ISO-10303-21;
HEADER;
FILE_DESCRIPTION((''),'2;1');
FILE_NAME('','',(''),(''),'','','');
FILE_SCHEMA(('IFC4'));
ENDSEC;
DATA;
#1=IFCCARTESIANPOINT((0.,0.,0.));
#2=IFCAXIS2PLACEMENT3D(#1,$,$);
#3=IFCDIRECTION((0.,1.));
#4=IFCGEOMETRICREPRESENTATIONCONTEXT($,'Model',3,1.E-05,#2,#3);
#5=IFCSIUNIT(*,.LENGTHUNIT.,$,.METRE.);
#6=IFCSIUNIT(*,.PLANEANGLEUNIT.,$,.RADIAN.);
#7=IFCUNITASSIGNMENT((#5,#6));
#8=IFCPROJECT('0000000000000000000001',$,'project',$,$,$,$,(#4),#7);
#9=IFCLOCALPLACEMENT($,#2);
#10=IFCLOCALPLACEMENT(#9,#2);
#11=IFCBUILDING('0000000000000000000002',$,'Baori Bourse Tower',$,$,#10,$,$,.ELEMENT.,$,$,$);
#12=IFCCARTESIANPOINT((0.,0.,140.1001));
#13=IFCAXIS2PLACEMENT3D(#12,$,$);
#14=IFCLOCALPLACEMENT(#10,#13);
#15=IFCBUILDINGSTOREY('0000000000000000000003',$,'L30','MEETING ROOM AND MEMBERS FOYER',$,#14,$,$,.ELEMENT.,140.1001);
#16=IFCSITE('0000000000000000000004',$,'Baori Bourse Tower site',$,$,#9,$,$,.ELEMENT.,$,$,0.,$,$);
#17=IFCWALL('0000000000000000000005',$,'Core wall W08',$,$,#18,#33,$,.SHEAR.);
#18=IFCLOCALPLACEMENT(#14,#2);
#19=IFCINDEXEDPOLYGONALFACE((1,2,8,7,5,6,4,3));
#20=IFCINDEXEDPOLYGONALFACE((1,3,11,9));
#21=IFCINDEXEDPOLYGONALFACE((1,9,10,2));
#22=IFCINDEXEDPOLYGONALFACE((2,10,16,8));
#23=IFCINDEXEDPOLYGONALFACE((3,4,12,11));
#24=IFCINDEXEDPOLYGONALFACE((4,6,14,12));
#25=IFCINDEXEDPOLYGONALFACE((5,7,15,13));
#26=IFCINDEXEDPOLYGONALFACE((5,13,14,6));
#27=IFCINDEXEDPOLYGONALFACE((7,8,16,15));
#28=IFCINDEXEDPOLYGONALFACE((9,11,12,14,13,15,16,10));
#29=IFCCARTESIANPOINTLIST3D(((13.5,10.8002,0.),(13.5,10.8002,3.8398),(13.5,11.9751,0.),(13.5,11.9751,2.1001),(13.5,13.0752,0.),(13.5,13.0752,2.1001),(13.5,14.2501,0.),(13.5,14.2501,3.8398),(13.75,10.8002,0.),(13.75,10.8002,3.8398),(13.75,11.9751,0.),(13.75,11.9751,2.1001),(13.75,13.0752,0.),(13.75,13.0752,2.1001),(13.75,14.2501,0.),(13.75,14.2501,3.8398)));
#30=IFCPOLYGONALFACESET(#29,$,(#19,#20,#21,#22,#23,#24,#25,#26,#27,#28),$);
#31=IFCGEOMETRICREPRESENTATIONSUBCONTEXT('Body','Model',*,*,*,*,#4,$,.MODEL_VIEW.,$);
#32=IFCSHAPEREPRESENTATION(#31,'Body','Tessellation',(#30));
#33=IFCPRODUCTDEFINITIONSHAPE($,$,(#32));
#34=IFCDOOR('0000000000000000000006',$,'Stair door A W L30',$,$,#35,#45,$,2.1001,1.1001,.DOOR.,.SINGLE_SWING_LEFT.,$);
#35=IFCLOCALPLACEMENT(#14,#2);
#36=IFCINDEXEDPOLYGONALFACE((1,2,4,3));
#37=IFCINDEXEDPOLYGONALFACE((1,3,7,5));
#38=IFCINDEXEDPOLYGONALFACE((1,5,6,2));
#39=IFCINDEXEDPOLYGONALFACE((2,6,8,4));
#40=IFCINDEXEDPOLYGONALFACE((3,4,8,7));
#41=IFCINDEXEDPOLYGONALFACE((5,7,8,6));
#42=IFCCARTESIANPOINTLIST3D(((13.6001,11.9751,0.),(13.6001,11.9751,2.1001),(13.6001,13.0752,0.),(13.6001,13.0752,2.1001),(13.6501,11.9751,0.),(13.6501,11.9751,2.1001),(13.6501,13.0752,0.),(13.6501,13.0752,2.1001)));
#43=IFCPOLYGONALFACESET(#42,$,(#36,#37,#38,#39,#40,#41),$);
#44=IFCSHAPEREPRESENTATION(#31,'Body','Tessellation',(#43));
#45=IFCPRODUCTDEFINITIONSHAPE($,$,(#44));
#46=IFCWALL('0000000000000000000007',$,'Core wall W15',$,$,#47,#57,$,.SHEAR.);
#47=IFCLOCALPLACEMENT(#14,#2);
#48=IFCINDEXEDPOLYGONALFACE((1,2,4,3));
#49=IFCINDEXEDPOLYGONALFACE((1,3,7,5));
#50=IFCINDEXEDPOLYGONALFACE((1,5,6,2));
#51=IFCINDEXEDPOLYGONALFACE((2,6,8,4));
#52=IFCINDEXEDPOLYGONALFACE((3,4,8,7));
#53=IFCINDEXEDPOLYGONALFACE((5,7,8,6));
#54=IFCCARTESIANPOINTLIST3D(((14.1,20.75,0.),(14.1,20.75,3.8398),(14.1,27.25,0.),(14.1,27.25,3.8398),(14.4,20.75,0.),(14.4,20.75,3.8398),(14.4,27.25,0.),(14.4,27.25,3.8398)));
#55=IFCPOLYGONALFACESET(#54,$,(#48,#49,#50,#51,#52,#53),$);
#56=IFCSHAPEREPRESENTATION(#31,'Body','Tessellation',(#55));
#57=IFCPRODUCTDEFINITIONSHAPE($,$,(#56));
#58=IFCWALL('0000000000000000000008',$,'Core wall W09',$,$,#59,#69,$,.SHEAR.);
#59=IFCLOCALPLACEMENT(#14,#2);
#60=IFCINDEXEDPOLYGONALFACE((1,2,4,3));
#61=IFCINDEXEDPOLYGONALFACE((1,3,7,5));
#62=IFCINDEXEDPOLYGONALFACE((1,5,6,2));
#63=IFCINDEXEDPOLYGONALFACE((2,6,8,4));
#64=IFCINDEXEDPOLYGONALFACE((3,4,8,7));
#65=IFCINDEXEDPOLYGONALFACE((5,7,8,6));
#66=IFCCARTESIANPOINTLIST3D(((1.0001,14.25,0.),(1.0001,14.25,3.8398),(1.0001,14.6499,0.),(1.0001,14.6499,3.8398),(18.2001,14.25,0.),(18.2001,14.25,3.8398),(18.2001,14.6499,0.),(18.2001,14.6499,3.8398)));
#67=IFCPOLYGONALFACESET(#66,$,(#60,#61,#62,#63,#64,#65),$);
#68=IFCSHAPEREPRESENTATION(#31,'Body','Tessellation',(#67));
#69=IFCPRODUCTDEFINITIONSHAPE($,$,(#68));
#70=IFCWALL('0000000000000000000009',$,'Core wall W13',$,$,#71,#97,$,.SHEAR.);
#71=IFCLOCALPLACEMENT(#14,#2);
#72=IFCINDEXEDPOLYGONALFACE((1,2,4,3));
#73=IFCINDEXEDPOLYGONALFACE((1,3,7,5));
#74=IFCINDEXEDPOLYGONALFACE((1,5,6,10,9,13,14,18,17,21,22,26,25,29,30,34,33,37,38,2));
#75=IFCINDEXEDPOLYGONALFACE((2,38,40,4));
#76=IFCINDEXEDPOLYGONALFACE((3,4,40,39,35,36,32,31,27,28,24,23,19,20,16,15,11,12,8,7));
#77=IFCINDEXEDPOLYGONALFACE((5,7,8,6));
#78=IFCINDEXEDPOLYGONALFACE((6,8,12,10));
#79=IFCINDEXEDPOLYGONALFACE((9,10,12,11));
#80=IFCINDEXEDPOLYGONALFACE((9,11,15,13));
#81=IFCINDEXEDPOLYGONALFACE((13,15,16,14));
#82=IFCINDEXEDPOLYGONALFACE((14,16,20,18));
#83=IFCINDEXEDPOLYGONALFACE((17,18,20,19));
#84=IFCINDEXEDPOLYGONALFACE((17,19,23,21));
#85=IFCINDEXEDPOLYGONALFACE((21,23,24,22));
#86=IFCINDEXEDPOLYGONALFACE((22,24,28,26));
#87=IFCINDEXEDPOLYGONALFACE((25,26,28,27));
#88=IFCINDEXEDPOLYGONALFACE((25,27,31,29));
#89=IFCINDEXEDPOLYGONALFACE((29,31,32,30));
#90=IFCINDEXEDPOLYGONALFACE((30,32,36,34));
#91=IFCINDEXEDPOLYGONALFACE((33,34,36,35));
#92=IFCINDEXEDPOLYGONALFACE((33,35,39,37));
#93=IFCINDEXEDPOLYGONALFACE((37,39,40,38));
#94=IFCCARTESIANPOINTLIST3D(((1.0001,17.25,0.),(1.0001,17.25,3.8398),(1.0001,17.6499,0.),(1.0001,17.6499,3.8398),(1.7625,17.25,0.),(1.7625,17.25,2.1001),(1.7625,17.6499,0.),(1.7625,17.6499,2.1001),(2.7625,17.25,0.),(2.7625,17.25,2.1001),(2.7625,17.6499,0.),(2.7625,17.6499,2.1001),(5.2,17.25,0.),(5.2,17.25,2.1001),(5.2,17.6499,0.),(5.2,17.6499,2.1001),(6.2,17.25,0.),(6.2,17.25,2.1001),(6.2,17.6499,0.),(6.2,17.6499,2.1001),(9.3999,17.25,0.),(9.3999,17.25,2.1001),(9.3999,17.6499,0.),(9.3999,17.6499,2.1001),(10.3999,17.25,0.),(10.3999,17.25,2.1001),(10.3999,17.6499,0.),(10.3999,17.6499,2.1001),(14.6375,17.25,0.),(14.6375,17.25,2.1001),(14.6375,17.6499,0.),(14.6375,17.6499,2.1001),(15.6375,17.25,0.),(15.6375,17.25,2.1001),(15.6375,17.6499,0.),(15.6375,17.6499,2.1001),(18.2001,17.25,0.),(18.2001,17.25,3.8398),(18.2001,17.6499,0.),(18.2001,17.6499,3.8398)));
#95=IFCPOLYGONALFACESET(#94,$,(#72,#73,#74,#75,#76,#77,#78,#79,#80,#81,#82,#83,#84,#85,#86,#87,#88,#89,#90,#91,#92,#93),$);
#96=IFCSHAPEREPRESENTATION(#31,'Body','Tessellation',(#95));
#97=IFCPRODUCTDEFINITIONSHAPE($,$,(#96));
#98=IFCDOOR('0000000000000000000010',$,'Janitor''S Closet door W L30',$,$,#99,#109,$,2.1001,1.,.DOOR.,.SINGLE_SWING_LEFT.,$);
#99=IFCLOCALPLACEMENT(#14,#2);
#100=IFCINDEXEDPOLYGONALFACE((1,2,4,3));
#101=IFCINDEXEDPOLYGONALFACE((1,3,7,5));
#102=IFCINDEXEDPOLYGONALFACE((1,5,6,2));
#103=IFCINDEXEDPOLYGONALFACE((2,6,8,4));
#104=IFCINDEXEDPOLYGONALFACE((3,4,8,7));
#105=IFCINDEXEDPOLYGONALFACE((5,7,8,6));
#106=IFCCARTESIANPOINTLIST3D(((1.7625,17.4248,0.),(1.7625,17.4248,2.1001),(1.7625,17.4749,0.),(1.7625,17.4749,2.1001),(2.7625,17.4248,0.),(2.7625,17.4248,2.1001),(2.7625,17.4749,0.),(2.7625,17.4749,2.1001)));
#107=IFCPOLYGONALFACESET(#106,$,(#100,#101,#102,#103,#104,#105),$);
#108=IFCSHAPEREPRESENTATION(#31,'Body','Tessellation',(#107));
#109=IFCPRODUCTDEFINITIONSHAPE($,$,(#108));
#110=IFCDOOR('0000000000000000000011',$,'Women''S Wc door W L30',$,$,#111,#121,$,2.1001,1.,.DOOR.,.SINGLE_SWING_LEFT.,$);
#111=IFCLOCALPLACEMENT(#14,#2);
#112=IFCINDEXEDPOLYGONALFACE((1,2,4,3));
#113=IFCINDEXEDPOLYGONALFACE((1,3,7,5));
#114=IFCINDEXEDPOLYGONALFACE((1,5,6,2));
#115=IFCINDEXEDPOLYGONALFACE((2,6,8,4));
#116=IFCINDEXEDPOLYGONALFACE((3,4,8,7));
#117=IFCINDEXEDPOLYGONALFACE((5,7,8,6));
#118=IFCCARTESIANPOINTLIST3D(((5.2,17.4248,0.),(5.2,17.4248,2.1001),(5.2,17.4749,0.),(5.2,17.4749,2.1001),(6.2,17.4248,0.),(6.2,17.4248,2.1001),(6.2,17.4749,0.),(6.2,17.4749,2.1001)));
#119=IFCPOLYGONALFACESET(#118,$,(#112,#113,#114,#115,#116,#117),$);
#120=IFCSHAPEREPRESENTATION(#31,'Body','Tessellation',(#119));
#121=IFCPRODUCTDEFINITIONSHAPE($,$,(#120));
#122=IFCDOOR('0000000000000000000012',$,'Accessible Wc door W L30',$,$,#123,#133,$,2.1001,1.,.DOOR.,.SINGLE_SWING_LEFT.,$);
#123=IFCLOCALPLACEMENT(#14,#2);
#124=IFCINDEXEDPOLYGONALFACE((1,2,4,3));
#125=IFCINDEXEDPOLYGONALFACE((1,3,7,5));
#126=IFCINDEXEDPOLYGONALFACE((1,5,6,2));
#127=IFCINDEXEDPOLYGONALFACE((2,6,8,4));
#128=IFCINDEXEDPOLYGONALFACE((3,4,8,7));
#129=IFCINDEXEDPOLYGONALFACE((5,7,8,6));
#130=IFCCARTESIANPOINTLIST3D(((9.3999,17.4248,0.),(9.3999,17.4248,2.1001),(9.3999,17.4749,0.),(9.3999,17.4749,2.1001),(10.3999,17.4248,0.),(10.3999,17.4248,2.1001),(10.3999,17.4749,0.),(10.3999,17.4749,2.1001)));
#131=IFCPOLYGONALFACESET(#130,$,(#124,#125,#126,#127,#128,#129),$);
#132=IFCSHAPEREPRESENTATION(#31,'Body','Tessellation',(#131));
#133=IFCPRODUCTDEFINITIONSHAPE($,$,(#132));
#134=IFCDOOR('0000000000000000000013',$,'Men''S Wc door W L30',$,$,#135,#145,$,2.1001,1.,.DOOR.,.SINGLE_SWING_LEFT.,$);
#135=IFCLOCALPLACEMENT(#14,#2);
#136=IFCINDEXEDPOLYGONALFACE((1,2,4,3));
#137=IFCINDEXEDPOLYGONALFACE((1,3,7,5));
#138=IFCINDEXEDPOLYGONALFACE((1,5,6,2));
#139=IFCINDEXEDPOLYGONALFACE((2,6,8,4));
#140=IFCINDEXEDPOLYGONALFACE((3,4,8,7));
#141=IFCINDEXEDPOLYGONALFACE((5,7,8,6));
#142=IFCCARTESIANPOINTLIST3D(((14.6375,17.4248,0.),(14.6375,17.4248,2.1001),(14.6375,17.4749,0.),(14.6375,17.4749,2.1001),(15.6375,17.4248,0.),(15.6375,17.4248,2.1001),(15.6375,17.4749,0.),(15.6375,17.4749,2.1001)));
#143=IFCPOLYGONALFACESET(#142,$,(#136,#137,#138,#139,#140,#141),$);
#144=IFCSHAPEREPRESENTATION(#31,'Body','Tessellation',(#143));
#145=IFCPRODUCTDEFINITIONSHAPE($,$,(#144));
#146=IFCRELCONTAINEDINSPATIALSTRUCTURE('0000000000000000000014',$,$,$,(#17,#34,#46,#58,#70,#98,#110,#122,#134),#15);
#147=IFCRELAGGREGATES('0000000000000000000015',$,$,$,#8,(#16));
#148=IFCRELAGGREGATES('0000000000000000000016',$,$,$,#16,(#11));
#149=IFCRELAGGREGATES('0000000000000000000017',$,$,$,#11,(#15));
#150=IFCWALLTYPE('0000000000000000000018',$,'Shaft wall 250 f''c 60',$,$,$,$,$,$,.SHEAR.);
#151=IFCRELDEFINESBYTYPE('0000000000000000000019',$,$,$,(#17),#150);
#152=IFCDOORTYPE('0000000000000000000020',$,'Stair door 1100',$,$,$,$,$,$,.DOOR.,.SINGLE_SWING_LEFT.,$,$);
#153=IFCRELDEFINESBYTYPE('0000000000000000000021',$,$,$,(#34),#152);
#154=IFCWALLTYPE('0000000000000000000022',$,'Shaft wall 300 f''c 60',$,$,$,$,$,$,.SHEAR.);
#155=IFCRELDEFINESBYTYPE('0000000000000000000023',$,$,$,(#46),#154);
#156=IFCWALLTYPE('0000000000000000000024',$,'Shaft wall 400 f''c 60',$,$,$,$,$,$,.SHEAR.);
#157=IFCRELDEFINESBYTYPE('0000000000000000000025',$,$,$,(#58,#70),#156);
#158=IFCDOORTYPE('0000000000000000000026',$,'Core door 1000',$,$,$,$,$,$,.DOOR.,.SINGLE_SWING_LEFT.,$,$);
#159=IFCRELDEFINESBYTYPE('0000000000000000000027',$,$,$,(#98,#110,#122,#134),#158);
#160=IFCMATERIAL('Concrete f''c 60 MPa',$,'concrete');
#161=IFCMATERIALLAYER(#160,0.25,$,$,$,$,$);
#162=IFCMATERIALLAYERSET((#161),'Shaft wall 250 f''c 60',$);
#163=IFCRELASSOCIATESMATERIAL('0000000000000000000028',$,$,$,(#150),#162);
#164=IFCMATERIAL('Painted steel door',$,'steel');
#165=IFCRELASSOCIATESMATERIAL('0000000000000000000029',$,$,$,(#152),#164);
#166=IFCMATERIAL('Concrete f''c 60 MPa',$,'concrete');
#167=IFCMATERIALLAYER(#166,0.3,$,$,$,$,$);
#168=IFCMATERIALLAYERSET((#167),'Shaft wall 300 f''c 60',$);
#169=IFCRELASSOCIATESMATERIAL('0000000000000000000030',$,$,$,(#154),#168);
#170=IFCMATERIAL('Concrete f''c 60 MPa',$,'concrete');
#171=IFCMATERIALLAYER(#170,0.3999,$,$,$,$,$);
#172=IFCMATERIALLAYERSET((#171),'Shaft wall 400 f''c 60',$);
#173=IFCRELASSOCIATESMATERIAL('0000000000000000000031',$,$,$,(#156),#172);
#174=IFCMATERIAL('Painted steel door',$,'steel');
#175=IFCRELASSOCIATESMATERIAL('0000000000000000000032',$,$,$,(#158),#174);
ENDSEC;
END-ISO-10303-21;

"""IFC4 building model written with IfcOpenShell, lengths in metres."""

from ifc_helpers import new_model, si_unit, direction, frame, frame_2d, origin, place, context, subcontext, project, spatial, rectangle, extrude, material, layer, layer_set, type_object, element, fill, save


model = new_model("IFC4")

# Units and contexts
model_context = context("Model", 3, precision=1e-05, world=origin(), true_north=direction((0.0, 1.0)))
body_context = subcontext(model_context, "Body", "Model", "MODEL_VIEW")
ifc_project = project(units=[si_unit("LENGTHUNIT", "METRE"), si_unit("PLANEANGLEUNIT", "RADIAN")], contexts=[model_context])

# Site, building, storey
site_placement = place(None, origin())
site = spatial("IfcSite", under=ifc_project, at=site_placement, Name="Baori Bourse Tower site", CompositionType="ELEMENT", RefElevation=0.0)
building_placement = place(site_placement, origin())
building = spatial("IfcBuilding", under=site, at=building_placement, Name="Baori Bourse Tower", CompositionType="ELEMENT")
storey_placement = place(building_placement, frame((0.0, 0.0, 140.1001)))
storey = spatial("IfcBuildingStorey", under=building, at=storey_placement, Name="L30", Description="MEETING ROOM AND MEMBERS FOYER", CompositionType="ELEMENT", Elevation=140.1001)

# Wall, opening, door
ifc_material_1 = material(Name="Concrete f'c 60 MPa", Category="concrete")
ifc_layer_1 = layer(ifc_material_1, 0.25)
ifc_layer_set_1 = layer_set([ifc_layer_1], Name="Shaft wall 250 f'c 60")
wall_type_1 = type_object("IfcWallType", Name="Shaft wall 250 f'c 60", PredefinedType="SHEAR", material=ifc_layer_set_1)
wall_1_placement = place(storey_placement, frame((13.625, 10.8, 0.0), z_axis=(0.0, 0.0, 1.0), x_axis=(0.0, 1.0, 0.0)))
wall_1 = element("IfcWall", 1, at=wall_1_placement, inside=storey, type_object=wall_type_1, Name="Core wall W08", PredefinedType="SHEAR", context=body_context, shape_type="SweptSolid", body=[
    extrude(rectangle(XDim=3.45, YDim=0.25, at=frame_2d((1.7251, 0.0))), origin(), (0.0, 0.0, 1.0), 3.8398),
])
opening_1_placement = place(wall_1_placement, frame((1.175, 0.0, 0.0)))
opening_1 = element("IfcOpeningElement", 2, at=opening_1_placement, cuts=wall_1, PredefinedType="OPENING", context=body_context, shape_type="SweptSolid", body=[
    extrude(rectangle(XDim=1.1001, YDim=2.1001, at=frame_2d((0.55, 1.05))), frame((0.0, 0.135, 0.0), z_axis=(0.0, -1.0, 0.0), x_axis=(1.0, 0.0, 0.0)), (0.0, 0.0, 1.0), 0.27),
])
ifc_material_2 = material(Name="Painted steel door", Category="steel")
door_type_1 = type_object("IfcDoorType", Name="Stair door 1100", OperationType="SINGLE_SWING_LEFT", PredefinedType="DOOR", material=ifc_material_2)
door_1_placement = place(opening_1_placement, origin())
door_1 = element("IfcDoor", 3, at=door_1_placement, inside=storey, type_object=door_type_1, Name="Stair door A W L30", OperationType="SINGLE_SWING_LEFT", OverallHeight=2.1001, OverallWidth=1.1001, PredefinedType="DOOR", context=body_context, shape_type="SweptSolid", body=[
    extrude(rectangle(XDim=1.1001, YDim=2.1001, at=frame_2d((0.55, 1.05))), frame((0.0, 0.0249, 0.0), z_axis=(0.0, -1.0, 0.0), x_axis=(1.0, 0.0, 0.0)), (0.0, 0.0, 1.0), 0.05),
])
fill(opening_1, door_1)

# Walls
ifc_material_3 = material(Name="Concrete f'c 60 MPa", Category="concrete")
ifc_layer_2 = layer(ifc_material_3, 0.3)
ifc_layer_set_2 = layer_set([ifc_layer_2], Name="Shaft wall 300 f'c 60")
wall_type_2 = type_object("IfcWallType", Name="Shaft wall 300 f'c 60", PredefinedType="SHEAR", material=ifc_layer_set_2)
wall_2_placement = place(storey_placement, frame((14.25, 20.75, 0.0), z_axis=(0.0, 0.0, 1.0), x_axis=(0.0, 1.0, 0.0)))
element("IfcWall", 4, at=wall_2_placement, inside=storey, type_object=wall_type_2, Name="Core wall W15", PredefinedType="SHEAR", context=body_context, shape_type="SweptSolid", body=[
    extrude(rectangle(XDim=6.5, YDim=0.3, at=frame_2d((3.25, 0.0))), origin(), (0.0, 0.0, 1.0), 3.8398),
])
ifc_material_4 = material(Name="Concrete f'c 60 MPa", Category="concrete")
ifc_layer_3 = layer(ifc_material_4, 0.3999)
ifc_layer_set_3 = layer_set([ifc_layer_3], Name="Shaft wall 400 f'c 60")
wall_type_3 = type_object("IfcWallType", Name="Shaft wall 400 f'c 60", PredefinedType="SHEAR", material=ifc_layer_set_3)
wall_3_placement = place(storey_placement, frame((1.0, 14.45, 0.0), z_axis=(0.0, 0.0, 1.0), x_axis=(1.0, 0.0, 0.0)))
element("IfcWall", 5, at=wall_3_placement, inside=storey, type_object=wall_type_3, Name="Core wall W09", PredefinedType="SHEAR", context=body_context, shape_type="SweptSolid", body=[
    extrude(rectangle(XDim=17.2, YDim=0.3999, at=frame_2d((8.6001, 0.0))), origin(), (0.0, 0.0, 1.0), 3.8398),
])

# Wall, openings, doors
wall_4_placement = place(storey_placement, frame((1.0, 17.45, 0.0), z_axis=(0.0, 0.0, 1.0), x_axis=(1.0, 0.0, 0.0)))
wall_4 = element("IfcWall", 6, at=wall_4_placement, inside=storey, type_object=wall_type_3, Name="Core wall W13", PredefinedType="SHEAR", context=body_context, shape_type="SweptSolid", body=[
    extrude(rectangle(XDim=17.2, YDim=0.3999, at=frame_2d((8.6001, 0.0))), origin(), (0.0, 0.0, 1.0), 3.8398),
])
opening_2_placement = place(wall_4_placement, frame((0.7625, 0.0, 0.0)))
opening_2 = element("IfcOpeningElement", 7, at=opening_2_placement, cuts=wall_4, PredefinedType="OPENING", context=body_context, shape_type="SweptSolid", body=[
    extrude(rectangle(XDim=1.0, YDim=2.1001, at=frame_2d((0.5, 1.05))), frame((0.0, 0.21, 0.0), z_axis=(0.0, -1.0, 0.0), x_axis=(1.0, 0.0, 0.0)), (0.0, 0.0, 1.0), 0.4199),
])
opening_3_placement = place(wall_4_placement, frame((4.2, 0.0, 0.0)))
opening_3 = element("IfcOpeningElement", 8, at=opening_3_placement, cuts=wall_4, PredefinedType="OPENING", context=body_context, shape_type="SweptSolid", body=[
    extrude(rectangle(XDim=1.0, YDim=2.1001, at=frame_2d((0.5, 1.05))), frame((0.0, 0.21, 0.0), z_axis=(0.0, -1.0, 0.0), x_axis=(1.0, 0.0, 0.0)), (0.0, 0.0, 1.0), 0.4199),
])
opening_4_placement = place(wall_4_placement, frame((8.3999, 0.0, 0.0)))
opening_4 = element("IfcOpeningElement", 9, at=opening_4_placement, cuts=wall_4, PredefinedType="OPENING", context=body_context, shape_type="SweptSolid", body=[
    extrude(rectangle(XDim=1.0, YDim=2.1001, at=frame_2d((0.5, 1.05))), frame((0.0, 0.21, 0.0), z_axis=(0.0, -1.0, 0.0), x_axis=(1.0, 0.0, 0.0)), (0.0, 0.0, 1.0), 0.4199),
])
opening_5_placement = place(wall_4_placement, frame((13.6375, 0.0, 0.0)))
opening_5 = element("IfcOpeningElement", 10, at=opening_5_placement, cuts=wall_4, PredefinedType="OPENING", context=body_context, shape_type="SweptSolid", body=[
    extrude(rectangle(XDim=1.0, YDim=2.1001, at=frame_2d((0.5, 1.05))), frame((0.0, 0.21, 0.0), z_axis=(0.0, -1.0, 0.0), x_axis=(1.0, 0.0, 0.0)), (0.0, 0.0, 1.0), 0.4199),
])
ifc_material_5 = material(Name="Painted steel door", Category="steel")
door_type_2 = type_object("IfcDoorType", Name="Core door 1000", OperationType="SINGLE_SWING_LEFT", PredefinedType="DOOR", material=ifc_material_5)
door_2_placement = place(opening_2_placement, origin())
door_2 = element("IfcDoor", 11, at=door_2_placement, inside=storey, type_object=door_type_2, Name="Janitor'S Closet door W L30", OperationType="SINGLE_SWING_LEFT", OverallHeight=2.1001, OverallWidth=1.0, PredefinedType="DOOR", context=body_context, shape_type="SweptSolid", body=[
    extrude(rectangle(XDim=1.0, YDim=2.1001, at=frame_2d((0.5, 1.05))), frame((0.0, 0.0249, 0.0), z_axis=(0.0, -1.0, 0.0), x_axis=(1.0, 0.0, 0.0)), (0.0, 0.0, 1.0), 0.05),
])
fill(opening_2, door_2)
door_3_placement = place(opening_3_placement, origin())
door_3 = element("IfcDoor", 12, at=door_3_placement, inside=storey, type_object=door_type_2, Name="Women'S Wc door W L30", OperationType="SINGLE_SWING_LEFT", OverallHeight=2.1001, OverallWidth=1.0, PredefinedType="DOOR", context=body_context, shape_type="SweptSolid", body=[
    extrude(rectangle(XDim=1.0, YDim=2.1001, at=frame_2d((0.5, 1.05))), frame((0.0, 0.0249, 0.0), z_axis=(0.0, -1.0, 0.0), x_axis=(1.0, 0.0, 0.0)), (0.0, 0.0, 1.0), 0.05),
])
fill(opening_3, door_3)
door_4_placement = place(opening_4_placement, origin())
door_4 = element("IfcDoor", 13, at=door_4_placement, inside=storey, type_object=door_type_2, Name="Accessible Wc door W L30", OperationType="SINGLE_SWING_LEFT", OverallHeight=2.1001, OverallWidth=1.0, PredefinedType="DOOR", context=body_context, shape_type="SweptSolid", body=[
    extrude(rectangle(XDim=1.0, YDim=2.1001, at=frame_2d((0.5, 1.05))), frame((0.0, 0.0249, 0.0), z_axis=(0.0, -1.0, 0.0), x_axis=(1.0, 0.0, 0.0)), (0.0, 0.0, 1.0), 0.05),
])
fill(opening_4, door_4)
door_5_placement = place(opening_5_placement, origin())
door_5 = element("IfcDoor", 14, at=door_5_placement, inside=storey, type_object=door_type_2, Name="Men'S Wc door W L30", OperationType="SINGLE_SWING_LEFT", OverallHeight=2.1001, OverallWidth=1.0, PredefinedType="DOOR", context=body_context, shape_type="SweptSolid", body=[
    extrude(rectangle(XDim=1.0, YDim=2.1001, at=frame_2d((0.5, 1.05))), frame((0.0, 0.0249, 0.0), z_axis=(0.0, -1.0, 0.0), x_axis=(1.0, 0.0, 0.0)), (0.0, 0.0, 1.0), 0.05),
])
fill(opening_5, door_5)

save(model, "model.ifc")
